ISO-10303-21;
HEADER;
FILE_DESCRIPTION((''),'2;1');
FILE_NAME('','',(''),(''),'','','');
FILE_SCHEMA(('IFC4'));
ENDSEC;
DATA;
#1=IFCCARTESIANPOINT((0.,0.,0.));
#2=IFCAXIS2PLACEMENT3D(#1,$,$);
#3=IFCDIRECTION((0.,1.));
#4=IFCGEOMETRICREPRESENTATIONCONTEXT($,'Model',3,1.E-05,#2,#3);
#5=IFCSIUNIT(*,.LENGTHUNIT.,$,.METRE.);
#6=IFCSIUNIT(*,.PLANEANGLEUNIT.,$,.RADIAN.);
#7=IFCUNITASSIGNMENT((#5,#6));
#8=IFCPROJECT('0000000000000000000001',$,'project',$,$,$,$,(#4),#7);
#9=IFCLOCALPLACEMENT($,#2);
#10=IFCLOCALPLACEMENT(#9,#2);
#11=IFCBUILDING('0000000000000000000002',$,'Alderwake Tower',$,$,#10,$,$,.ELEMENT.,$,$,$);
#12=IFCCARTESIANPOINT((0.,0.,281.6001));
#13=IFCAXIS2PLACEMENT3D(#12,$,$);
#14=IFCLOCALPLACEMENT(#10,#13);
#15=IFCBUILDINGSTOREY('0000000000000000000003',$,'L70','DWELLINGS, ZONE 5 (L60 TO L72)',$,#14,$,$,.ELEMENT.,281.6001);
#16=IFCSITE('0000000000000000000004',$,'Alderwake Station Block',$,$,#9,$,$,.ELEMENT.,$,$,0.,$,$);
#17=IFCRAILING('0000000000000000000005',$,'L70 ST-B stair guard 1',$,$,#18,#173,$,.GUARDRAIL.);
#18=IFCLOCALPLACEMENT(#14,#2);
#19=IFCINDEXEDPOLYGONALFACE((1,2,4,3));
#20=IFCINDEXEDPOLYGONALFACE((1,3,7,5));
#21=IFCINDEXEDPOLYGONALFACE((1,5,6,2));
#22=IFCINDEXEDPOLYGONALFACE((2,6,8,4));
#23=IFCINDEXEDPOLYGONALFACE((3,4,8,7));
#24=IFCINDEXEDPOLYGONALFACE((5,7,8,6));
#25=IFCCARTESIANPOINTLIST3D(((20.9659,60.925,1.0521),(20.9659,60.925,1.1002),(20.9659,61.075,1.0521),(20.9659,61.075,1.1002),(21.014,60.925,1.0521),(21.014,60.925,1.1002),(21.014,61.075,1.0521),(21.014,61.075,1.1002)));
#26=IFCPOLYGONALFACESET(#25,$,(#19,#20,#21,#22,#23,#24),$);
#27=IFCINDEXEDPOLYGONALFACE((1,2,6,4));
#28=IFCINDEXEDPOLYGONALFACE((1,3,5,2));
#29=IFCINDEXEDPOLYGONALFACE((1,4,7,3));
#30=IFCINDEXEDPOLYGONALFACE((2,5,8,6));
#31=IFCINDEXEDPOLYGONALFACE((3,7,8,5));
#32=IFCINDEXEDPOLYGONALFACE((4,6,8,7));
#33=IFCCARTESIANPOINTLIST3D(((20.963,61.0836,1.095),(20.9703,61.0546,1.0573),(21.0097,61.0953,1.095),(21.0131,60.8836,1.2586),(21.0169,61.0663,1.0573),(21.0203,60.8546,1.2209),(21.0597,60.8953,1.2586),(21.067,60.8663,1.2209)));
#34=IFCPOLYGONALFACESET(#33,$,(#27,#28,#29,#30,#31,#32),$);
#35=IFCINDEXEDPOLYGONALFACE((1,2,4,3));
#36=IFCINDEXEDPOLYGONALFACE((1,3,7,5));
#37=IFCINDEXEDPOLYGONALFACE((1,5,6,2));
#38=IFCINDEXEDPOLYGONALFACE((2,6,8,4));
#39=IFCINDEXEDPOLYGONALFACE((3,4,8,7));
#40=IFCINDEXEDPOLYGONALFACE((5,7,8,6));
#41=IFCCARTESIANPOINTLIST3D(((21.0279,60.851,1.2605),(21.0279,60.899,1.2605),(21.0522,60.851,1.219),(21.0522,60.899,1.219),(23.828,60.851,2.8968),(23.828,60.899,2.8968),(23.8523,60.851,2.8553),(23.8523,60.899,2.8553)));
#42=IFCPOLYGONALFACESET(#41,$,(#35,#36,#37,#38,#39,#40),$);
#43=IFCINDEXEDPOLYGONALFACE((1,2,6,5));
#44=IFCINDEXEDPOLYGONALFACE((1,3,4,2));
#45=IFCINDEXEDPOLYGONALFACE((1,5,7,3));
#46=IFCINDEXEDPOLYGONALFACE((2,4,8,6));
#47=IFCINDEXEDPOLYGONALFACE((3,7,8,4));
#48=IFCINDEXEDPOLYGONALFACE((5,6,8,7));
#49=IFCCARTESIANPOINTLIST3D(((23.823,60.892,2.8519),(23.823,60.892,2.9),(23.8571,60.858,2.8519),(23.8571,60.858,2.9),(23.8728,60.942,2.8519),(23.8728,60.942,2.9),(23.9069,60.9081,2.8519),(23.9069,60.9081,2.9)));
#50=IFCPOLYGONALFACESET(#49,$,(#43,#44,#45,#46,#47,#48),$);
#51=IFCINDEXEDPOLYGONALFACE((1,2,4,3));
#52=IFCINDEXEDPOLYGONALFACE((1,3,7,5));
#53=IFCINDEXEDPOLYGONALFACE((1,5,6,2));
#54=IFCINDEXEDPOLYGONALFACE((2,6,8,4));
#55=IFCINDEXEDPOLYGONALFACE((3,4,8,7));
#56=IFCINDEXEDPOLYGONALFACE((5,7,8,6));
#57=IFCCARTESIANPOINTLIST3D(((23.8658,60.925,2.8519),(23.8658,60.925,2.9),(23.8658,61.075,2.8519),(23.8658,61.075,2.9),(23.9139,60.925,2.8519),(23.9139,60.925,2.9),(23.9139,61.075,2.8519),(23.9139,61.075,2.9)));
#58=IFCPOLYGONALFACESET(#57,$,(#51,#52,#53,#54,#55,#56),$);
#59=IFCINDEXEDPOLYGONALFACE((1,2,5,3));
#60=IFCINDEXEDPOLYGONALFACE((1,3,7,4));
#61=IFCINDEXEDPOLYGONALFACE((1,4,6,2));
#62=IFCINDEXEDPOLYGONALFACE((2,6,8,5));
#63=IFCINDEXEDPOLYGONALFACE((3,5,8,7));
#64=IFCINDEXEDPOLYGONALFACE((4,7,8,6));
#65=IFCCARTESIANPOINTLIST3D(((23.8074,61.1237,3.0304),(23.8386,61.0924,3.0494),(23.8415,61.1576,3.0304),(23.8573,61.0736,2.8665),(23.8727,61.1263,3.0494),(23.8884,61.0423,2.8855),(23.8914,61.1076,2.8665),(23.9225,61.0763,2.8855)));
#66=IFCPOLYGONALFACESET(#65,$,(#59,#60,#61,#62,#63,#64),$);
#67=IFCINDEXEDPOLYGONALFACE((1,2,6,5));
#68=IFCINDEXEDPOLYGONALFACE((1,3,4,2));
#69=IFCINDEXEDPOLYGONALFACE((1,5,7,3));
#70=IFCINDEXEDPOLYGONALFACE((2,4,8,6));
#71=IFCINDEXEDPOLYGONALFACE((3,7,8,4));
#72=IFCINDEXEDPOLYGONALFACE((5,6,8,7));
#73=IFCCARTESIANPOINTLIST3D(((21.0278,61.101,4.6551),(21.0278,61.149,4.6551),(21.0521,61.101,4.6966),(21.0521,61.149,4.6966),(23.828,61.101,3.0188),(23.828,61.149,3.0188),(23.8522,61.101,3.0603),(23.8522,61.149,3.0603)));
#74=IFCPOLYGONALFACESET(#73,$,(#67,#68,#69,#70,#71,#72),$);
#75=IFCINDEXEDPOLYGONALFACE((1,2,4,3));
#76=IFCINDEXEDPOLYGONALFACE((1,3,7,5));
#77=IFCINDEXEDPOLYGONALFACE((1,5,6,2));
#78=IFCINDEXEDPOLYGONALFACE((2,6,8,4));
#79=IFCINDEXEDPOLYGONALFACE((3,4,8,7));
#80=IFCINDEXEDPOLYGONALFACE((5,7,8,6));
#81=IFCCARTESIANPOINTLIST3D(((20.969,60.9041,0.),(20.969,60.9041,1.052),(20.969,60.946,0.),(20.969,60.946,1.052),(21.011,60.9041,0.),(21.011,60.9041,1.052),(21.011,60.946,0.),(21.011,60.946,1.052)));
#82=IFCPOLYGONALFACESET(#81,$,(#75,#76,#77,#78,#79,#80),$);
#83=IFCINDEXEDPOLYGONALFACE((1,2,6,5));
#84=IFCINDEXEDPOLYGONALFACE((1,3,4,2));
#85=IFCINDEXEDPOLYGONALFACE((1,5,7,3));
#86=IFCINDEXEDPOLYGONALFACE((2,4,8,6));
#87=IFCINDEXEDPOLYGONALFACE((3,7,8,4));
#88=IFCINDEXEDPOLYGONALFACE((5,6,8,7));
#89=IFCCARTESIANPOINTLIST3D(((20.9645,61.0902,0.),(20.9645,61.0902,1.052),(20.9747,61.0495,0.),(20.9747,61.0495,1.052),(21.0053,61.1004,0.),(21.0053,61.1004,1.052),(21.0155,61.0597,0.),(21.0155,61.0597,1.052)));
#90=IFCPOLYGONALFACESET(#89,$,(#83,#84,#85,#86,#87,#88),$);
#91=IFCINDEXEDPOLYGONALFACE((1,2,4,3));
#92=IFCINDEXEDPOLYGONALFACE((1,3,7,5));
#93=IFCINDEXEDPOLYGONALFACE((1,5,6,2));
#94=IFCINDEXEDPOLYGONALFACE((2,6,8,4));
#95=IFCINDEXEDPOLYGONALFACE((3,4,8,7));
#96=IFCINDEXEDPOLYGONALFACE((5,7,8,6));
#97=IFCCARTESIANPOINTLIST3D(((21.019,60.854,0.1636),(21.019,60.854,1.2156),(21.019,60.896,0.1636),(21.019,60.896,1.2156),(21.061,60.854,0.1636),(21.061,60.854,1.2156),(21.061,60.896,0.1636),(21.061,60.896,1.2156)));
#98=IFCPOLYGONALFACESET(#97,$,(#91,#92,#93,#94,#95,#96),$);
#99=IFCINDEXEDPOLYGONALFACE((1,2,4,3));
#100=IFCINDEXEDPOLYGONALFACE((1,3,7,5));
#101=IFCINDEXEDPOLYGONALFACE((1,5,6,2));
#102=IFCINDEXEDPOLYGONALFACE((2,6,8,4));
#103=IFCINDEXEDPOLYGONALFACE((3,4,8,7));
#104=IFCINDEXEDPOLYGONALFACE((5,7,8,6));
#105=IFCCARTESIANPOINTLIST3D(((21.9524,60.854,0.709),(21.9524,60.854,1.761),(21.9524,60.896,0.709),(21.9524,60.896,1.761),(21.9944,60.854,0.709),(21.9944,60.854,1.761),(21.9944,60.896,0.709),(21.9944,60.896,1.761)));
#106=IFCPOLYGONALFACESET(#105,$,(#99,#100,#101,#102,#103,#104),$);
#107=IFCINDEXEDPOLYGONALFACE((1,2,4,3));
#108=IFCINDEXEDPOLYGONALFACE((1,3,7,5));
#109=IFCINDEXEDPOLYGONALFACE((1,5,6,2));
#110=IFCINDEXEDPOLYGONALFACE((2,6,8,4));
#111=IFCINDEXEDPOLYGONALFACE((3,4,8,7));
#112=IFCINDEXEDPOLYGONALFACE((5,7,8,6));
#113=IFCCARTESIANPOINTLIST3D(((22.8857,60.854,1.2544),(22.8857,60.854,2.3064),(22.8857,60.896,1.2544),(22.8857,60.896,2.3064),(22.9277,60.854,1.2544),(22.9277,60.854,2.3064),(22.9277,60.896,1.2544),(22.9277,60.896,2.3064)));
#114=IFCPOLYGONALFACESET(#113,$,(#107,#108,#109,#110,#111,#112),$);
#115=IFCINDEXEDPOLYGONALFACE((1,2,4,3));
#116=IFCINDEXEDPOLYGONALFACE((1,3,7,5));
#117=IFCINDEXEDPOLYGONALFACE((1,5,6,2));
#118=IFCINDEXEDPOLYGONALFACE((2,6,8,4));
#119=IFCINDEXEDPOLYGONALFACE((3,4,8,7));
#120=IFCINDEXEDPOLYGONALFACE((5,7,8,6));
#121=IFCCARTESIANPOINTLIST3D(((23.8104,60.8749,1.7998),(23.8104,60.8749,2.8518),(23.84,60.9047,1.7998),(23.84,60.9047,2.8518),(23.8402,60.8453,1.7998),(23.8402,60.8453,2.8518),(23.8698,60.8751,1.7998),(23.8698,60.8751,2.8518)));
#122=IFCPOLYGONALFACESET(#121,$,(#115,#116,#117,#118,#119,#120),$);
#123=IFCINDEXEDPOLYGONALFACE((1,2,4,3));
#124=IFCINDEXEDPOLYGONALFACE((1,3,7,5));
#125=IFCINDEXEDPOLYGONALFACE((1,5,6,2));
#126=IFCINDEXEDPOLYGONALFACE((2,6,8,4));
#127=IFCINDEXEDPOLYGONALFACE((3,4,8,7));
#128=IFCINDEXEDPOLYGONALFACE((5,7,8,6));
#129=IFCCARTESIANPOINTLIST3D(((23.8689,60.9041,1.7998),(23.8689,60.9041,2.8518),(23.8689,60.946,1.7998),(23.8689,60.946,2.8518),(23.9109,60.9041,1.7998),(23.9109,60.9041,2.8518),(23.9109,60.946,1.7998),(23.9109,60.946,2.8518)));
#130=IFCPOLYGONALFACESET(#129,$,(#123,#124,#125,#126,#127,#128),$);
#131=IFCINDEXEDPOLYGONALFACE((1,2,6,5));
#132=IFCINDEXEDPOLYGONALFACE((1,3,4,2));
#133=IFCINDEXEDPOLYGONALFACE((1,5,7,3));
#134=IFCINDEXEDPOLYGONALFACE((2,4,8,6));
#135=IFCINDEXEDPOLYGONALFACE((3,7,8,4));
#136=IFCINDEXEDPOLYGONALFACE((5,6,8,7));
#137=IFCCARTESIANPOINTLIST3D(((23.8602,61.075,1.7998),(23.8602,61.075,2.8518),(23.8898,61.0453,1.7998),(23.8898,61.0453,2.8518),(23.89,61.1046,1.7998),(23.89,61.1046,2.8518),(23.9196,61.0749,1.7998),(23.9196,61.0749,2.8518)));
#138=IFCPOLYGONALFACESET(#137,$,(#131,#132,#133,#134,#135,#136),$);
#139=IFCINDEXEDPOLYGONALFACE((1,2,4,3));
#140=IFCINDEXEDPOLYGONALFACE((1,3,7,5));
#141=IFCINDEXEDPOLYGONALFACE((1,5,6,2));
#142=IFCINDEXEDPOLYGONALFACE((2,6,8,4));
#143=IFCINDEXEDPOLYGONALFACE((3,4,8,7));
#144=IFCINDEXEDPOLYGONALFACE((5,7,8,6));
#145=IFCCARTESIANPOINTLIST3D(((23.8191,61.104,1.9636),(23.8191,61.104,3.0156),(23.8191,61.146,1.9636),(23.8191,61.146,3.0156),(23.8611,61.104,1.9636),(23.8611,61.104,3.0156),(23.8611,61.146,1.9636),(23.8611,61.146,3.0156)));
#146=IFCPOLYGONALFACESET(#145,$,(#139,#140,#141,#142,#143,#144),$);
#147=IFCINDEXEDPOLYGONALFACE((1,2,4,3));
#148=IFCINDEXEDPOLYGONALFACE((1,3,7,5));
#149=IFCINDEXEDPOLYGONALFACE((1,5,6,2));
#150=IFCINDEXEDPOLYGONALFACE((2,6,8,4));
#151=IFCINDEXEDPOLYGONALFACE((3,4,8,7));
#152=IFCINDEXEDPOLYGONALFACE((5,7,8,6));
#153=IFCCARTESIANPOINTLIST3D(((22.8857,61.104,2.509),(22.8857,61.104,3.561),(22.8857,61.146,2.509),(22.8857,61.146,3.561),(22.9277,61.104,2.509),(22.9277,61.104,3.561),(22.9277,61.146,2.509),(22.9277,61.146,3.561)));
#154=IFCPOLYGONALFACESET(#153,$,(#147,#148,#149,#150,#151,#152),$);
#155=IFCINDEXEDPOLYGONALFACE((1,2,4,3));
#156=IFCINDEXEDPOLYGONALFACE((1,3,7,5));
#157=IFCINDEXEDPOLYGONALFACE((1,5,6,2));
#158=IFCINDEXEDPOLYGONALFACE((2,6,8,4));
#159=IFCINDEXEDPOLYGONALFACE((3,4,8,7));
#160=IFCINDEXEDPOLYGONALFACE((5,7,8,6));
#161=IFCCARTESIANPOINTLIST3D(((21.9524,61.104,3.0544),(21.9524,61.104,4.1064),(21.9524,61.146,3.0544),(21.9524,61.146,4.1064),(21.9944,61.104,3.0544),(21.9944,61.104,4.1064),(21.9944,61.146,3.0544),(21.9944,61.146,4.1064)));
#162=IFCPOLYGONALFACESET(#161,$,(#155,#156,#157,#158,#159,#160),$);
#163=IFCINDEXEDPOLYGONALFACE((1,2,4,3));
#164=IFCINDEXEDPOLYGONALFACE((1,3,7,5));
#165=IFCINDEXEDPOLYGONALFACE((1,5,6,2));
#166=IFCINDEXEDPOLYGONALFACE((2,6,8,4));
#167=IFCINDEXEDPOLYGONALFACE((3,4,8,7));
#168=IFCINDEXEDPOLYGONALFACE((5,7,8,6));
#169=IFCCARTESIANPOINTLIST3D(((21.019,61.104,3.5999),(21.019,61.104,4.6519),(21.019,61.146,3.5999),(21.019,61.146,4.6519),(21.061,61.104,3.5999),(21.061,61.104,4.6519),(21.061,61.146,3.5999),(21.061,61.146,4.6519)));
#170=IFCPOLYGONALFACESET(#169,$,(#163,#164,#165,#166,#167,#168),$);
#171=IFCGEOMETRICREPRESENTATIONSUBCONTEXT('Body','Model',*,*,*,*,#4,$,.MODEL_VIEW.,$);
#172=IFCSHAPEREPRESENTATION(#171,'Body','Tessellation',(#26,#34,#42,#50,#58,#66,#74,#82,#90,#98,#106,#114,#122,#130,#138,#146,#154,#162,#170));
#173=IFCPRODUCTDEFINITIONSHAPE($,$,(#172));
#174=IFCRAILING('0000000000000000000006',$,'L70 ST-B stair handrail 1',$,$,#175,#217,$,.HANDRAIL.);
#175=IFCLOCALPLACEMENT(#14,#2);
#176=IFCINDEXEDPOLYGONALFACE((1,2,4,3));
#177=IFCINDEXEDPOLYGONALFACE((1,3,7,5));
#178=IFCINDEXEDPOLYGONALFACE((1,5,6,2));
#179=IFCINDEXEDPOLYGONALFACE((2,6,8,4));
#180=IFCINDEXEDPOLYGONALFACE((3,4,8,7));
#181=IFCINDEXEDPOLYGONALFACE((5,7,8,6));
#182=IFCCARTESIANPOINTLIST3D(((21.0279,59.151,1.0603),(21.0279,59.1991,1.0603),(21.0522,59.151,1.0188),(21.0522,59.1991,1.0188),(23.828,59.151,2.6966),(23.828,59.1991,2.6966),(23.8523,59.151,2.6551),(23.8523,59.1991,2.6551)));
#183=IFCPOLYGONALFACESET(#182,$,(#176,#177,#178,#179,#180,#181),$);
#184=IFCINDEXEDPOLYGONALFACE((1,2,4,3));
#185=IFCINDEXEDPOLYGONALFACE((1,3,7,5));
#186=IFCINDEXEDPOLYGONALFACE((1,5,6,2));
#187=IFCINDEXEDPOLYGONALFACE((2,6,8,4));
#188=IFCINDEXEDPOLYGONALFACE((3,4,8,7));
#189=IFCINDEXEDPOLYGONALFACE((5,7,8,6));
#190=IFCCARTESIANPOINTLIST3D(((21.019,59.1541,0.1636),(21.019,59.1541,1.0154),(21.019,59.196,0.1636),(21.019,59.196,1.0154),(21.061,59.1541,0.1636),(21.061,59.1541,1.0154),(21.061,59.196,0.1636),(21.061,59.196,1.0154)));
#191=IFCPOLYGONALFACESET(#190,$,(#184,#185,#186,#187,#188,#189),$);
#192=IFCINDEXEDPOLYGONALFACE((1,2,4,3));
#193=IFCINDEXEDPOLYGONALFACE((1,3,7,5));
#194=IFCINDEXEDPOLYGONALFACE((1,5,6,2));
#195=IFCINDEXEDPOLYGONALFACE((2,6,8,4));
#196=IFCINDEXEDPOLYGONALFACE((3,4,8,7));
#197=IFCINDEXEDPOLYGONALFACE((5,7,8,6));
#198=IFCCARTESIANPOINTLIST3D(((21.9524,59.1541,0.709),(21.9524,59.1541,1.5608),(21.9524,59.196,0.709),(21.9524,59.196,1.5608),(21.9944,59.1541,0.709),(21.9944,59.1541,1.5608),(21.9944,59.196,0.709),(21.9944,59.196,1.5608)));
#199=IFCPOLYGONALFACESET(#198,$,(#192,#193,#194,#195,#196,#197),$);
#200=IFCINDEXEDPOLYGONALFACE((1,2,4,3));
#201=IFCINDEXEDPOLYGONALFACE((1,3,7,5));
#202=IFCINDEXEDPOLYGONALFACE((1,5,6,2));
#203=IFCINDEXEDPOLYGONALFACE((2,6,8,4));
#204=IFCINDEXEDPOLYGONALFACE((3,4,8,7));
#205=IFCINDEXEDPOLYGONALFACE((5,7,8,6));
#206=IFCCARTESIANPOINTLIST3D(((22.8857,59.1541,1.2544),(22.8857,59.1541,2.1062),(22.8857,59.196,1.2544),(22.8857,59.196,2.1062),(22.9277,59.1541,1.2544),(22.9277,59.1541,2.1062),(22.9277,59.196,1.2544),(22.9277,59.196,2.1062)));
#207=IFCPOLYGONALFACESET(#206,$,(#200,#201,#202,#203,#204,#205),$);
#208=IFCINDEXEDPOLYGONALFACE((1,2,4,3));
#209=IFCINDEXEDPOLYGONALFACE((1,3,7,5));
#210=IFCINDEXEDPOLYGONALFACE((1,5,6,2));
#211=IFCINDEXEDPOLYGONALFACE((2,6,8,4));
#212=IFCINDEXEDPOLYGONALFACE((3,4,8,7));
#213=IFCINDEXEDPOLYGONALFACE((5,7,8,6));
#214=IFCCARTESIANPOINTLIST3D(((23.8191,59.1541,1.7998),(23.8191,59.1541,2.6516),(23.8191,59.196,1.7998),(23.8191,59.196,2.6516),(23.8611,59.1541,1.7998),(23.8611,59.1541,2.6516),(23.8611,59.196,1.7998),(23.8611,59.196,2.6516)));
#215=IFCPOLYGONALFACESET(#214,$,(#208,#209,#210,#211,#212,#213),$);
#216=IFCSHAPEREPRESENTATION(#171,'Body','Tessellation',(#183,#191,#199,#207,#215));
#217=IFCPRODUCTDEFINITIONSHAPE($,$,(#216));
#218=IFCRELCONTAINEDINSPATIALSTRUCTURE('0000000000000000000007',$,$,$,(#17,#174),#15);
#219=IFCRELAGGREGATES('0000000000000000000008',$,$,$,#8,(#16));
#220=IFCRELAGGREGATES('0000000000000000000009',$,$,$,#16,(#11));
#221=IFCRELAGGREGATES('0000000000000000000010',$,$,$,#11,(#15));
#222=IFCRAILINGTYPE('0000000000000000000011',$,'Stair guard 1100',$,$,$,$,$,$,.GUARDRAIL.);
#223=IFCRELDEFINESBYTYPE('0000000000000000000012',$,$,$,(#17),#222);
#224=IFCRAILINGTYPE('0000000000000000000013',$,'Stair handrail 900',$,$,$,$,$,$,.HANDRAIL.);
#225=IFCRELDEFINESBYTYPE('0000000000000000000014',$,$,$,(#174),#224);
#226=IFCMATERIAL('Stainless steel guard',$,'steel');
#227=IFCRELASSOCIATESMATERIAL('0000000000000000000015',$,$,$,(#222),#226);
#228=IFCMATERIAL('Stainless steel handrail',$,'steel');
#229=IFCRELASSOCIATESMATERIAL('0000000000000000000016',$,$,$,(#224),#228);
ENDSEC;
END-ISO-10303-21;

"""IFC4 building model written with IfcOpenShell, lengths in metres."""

from ifc_helpers import new_model, si_unit, direction, frame, origin, origin_with_axes, origin_2d, place, context, subcontext, project, spatial, rectangle, extrude, material, type_object, element, save


model = new_model("IFC4")

# Units and contexts
model_context = context("Model", 3, precision=1e-05, world=origin(), true_north=direction((0.0, 1.0)))
body_context = subcontext(model_context, "Body", "Model", "MODEL_VIEW")
ifc_project = project(units=[si_unit("LENGTHUNIT", "METRE"), si_unit("PLANEANGLEUNIT", "RADIAN")], contexts=[model_context])

# Site, building, storey
site_placement = place(None, origin())
site = spatial("IfcSite", under=ifc_project, at=site_placement, Name="Alderwake Station Block", CompositionType="ELEMENT", RefElevation=0.0)
building_placement = place(site_placement, origin())
building = spatial("IfcBuilding", under=site, at=building_placement, Name="Alderwake Tower", CompositionType="ELEMENT")
storey_placement = place(building_placement, frame((0.0, 0.0, 281.6001)))
storey = spatial("IfcBuildingStorey", under=building, at=storey_placement, Name="L70", Description="DWELLINGS, ZONE 5 (L60 TO L72)", CompositionType="ELEMENT", Elevation=281.6001)

# Railings
ifc_material_1 = material(Name="Stainless steel guard", Category="steel")
railing_type_1 = type_object("IfcRailingType", Name="Stair guard 1100", PredefinedType="GUARDRAIL", material=ifc_material_1)
railing_1_placement = place(storey_placement, frame((20.99, 60.925, 0.0)))
element("IfcRailing", 1, at=railing_1_placement, inside=storey, type_object=railing_type_1, Name="L70 ST-B stair guard 1", PredefinedType="GUARDRAIL", context=body_context, shape_type="SweptSolid", body=[
    extrude(rectangle(XDim=0.0481, YDim=0.0481, at=origin_2d()), frame((0.0, 0.0, 1.0762), z_axis=(0.0, 1.0, 0.0), x_axis=(-1.0, 0.0, 0.0)), (0.0, 0.0, 1.0), 0.1499),
    extrude(rectangle(XDim=0.0481, YDim=0.0481, at=origin_2d()), frame((0.0, 0.1499, 1.0762), z_axis=(0.1902, -0.75987, 0.621628), x_axis=(0.970073, 0.242814, 0.0)), (0.0, 0.0, 1.0), 0.2632),
    extrude(rectangle(XDim=0.0481, YDim=0.0481, at=origin_2d()), frame((0.05, -0.05, 1.2397), z_axis=(0.863394, 0.0, 0.504531), x_axis=(0.0, 1.0, 0.0)), (0.0, 0.0, 1.0), 3.2432),
    extrude(rectangle(XDim=0.0481, YDim=0.0481, at=origin_2d()), frame((2.8501, -0.05, 2.876), z_axis=(0.705376, 0.708834, 0.0), x_axis=(-0.708834, 0.705376, 0.0)), (0.0, 0.0, 1.0), 0.0706),
    extrude(rectangle(XDim=0.0481, YDim=0.0481, at=origin_2d()), frame((2.8999, 0.0, 2.876), z_axis=(0.0, 1.0, 0.0), x_axis=(-1.0, 0.0, 0.0)), (0.0, 0.0, 1.0), 0.1499),
    extrude(rectangle(XDim=0.0481, YDim=0.0481, at=origin_2d()), frame((2.8999, 0.1499, 2.876), z_axis=(-0.279195, 0.280564, 0.918332), x_axis=(-0.708834, -0.705376, 0.0)), (0.0, 0.0, 1.0), 0.1785),
    extrude(rectangle(XDim=0.0481, YDim=0.0481, at=origin_2d()), frame((2.8501, 0.2, 3.0396), z_axis=(-0.863394, 0.0, 0.504531), x_axis=(0.0, -1.0, 0.0)), (0.0, 0.0, 1.0), 3.2432),
    extrude(rectangle(XDim=0.042, YDim=0.042, at=origin_2d()), frame((0.0, 0.0, 0.0), z_axis=(0.0, 0.0, 1.0), x_axis=(0.0, 1.0, 0.0)), (0.0, 0.0, 1.0), 1.052),
    extrude(rectangle(XDim=0.042, YDim=0.042, at=origin_2d()), frame((0.0, 0.1499, 0.0), z_axis=(0.0, 0.0, 1.0), x_axis=(0.242814, -0.970073, 0.0)), (0.0, 0.0, 1.0), 1.052),
    extrude(rectangle(XDim=0.042, YDim=0.042, at=origin_2d()), frame((0.05, -0.05, 0.1636), z_axis=(0.0, 0.0, 1.0), x_axis=(1.0, 0.0, 0.0)), (0.0, 0.0, 1.0), 1.052),
    extrude(rectangle(XDim=0.042, YDim=0.042, at=origin_2d()), frame((0.9834, -0.05, 0.709), z_axis=(0.0, 0.0, 1.0), x_axis=(1.0, 0.0, 0.0)), (0.0, 0.0, 1.0), 1.052),
    extrude(rectangle(XDim=0.042, YDim=0.042, at=origin_2d()), frame((1.9167, -0.05, 1.2544), z_axis=(0.0, 0.0, 1.0), x_axis=(1.0, 0.0, 0.0)), (0.0, 0.0, 1.0), 1.052),
    extrude(rectangle(XDim=0.042, YDim=0.042, at=origin_2d()), frame((2.8501, -0.05, 1.7998), z_axis=(0.0, 0.0, 1.0), x_axis=(0.705376, 0.708834, 0.0)), (0.0, 0.0, 1.0), 1.052),
    extrude(rectangle(XDim=0.042, YDim=0.042, at=origin_2d()), frame((2.8999, 0.0, 1.7998), z_axis=(0.0, 0.0, 1.0), x_axis=(0.0, 1.0, 0.0)), (0.0, 0.0, 1.0), 1.052),
    extrude(rectangle(XDim=0.042, YDim=0.042, at=origin_2d()), frame((2.8999, 0.1499, 1.7998), z_axis=(0.0, 0.0, 1.0), x_axis=(-0.705376, 0.708834, 0.0)), (0.0, 0.0, 1.0), 1.052),
    extrude(rectangle(XDim=0.042, YDim=0.042, at=origin_2d()), frame((2.8501, 0.2, 1.9636), z_axis=(0.0, 0.0, 1.0), x_axis=(-1.0, 0.0, 0.0)), (0.0, 0.0, 1.0), 1.052),
    extrude(rectangle(XDim=0.042, YDim=0.042, at=origin_2d()), frame((1.9167, 0.2, 2.509), z_axis=(0.0, 0.0, 1.0), x_axis=(-1.0, 0.0, 0.0)), (0.0, 0.0, 1.0), 1.052),
    extrude(rectangle(XDim=0.042, YDim=0.042, at=origin_2d()), frame((0.9834, 0.2, 3.0544), z_axis=(0.0, 0.0, 1.0), x_axis=(-1.0, 0.0, 0.0)), (0.0, 0.0, 1.0), 1.052),
    extrude(rectangle(XDim=0.042, YDim=0.042, at=origin_2d()), frame((0.05, 0.2, 3.5999), z_axis=(0.0, 0.0, 1.0), x_axis=(-1.0, 0.0, 0.0)), (0.0, 0.0, 1.0), 1.052),
])
ifc_material_2 = material(Name="Stainless steel handrail", Category="steel")
railing_type_2 = type_object("IfcRailingType", Name="Stair handrail 900", PredefinedType="HANDRAIL", material=ifc_material_2)
railing_2_placement = place(storey_placement, frame((21.04, 59.175, 0.1636)))
element("IfcRailing", 2, at=railing_2_placement, inside=storey, type_object=railing_type_2, Name="L70 ST-B stair handrail 1", PredefinedType="HANDRAIL", context=body_context, shape_type="SweptSolid", body=[
    extrude(rectangle(XDim=0.0481, YDim=0.0481, at=origin_2d()), frame((0.0, 0.0, 0.876), z_axis=(0.863394, 0.0, 0.504531), x_axis=(0.0, 1.0, 0.0)), (0.0, 0.0, 1.0), 3.2432),
    extrude(rectangle(XDim=0.042, YDim=0.042, at=origin_2d()), origin_with_axes(), (0.0, 0.0, 1.0), 0.8518),
    extrude(rectangle(XDim=0.042, YDim=0.042, at=origin_2d()), frame((0.9333, 0.0, 0.5454), z_axis=(0.0, 0.0, 1.0), x_axis=(1.0, 0.0, 0.0)), (0.0, 0.0, 1.0), 0.8518),
    extrude(rectangle(XDim=0.042, YDim=0.042, at=origin_2d()), frame((1.8667, 0.0, 1.0908), z_axis=(0.0, 0.0, 1.0), x_axis=(1.0, 0.0, 0.0)), (0.0, 0.0, 1.0), 0.8518),
    extrude(rectangle(XDim=0.042, YDim=0.042, at=origin_2d()), frame((2.8, 0.0, 1.6362), z_axis=(0.0, 0.0, 1.0), x_axis=(1.0, 0.0, 0.0)), (0.0, 0.0, 1.0), 0.8518),
])

save(model, "model.ifc")
